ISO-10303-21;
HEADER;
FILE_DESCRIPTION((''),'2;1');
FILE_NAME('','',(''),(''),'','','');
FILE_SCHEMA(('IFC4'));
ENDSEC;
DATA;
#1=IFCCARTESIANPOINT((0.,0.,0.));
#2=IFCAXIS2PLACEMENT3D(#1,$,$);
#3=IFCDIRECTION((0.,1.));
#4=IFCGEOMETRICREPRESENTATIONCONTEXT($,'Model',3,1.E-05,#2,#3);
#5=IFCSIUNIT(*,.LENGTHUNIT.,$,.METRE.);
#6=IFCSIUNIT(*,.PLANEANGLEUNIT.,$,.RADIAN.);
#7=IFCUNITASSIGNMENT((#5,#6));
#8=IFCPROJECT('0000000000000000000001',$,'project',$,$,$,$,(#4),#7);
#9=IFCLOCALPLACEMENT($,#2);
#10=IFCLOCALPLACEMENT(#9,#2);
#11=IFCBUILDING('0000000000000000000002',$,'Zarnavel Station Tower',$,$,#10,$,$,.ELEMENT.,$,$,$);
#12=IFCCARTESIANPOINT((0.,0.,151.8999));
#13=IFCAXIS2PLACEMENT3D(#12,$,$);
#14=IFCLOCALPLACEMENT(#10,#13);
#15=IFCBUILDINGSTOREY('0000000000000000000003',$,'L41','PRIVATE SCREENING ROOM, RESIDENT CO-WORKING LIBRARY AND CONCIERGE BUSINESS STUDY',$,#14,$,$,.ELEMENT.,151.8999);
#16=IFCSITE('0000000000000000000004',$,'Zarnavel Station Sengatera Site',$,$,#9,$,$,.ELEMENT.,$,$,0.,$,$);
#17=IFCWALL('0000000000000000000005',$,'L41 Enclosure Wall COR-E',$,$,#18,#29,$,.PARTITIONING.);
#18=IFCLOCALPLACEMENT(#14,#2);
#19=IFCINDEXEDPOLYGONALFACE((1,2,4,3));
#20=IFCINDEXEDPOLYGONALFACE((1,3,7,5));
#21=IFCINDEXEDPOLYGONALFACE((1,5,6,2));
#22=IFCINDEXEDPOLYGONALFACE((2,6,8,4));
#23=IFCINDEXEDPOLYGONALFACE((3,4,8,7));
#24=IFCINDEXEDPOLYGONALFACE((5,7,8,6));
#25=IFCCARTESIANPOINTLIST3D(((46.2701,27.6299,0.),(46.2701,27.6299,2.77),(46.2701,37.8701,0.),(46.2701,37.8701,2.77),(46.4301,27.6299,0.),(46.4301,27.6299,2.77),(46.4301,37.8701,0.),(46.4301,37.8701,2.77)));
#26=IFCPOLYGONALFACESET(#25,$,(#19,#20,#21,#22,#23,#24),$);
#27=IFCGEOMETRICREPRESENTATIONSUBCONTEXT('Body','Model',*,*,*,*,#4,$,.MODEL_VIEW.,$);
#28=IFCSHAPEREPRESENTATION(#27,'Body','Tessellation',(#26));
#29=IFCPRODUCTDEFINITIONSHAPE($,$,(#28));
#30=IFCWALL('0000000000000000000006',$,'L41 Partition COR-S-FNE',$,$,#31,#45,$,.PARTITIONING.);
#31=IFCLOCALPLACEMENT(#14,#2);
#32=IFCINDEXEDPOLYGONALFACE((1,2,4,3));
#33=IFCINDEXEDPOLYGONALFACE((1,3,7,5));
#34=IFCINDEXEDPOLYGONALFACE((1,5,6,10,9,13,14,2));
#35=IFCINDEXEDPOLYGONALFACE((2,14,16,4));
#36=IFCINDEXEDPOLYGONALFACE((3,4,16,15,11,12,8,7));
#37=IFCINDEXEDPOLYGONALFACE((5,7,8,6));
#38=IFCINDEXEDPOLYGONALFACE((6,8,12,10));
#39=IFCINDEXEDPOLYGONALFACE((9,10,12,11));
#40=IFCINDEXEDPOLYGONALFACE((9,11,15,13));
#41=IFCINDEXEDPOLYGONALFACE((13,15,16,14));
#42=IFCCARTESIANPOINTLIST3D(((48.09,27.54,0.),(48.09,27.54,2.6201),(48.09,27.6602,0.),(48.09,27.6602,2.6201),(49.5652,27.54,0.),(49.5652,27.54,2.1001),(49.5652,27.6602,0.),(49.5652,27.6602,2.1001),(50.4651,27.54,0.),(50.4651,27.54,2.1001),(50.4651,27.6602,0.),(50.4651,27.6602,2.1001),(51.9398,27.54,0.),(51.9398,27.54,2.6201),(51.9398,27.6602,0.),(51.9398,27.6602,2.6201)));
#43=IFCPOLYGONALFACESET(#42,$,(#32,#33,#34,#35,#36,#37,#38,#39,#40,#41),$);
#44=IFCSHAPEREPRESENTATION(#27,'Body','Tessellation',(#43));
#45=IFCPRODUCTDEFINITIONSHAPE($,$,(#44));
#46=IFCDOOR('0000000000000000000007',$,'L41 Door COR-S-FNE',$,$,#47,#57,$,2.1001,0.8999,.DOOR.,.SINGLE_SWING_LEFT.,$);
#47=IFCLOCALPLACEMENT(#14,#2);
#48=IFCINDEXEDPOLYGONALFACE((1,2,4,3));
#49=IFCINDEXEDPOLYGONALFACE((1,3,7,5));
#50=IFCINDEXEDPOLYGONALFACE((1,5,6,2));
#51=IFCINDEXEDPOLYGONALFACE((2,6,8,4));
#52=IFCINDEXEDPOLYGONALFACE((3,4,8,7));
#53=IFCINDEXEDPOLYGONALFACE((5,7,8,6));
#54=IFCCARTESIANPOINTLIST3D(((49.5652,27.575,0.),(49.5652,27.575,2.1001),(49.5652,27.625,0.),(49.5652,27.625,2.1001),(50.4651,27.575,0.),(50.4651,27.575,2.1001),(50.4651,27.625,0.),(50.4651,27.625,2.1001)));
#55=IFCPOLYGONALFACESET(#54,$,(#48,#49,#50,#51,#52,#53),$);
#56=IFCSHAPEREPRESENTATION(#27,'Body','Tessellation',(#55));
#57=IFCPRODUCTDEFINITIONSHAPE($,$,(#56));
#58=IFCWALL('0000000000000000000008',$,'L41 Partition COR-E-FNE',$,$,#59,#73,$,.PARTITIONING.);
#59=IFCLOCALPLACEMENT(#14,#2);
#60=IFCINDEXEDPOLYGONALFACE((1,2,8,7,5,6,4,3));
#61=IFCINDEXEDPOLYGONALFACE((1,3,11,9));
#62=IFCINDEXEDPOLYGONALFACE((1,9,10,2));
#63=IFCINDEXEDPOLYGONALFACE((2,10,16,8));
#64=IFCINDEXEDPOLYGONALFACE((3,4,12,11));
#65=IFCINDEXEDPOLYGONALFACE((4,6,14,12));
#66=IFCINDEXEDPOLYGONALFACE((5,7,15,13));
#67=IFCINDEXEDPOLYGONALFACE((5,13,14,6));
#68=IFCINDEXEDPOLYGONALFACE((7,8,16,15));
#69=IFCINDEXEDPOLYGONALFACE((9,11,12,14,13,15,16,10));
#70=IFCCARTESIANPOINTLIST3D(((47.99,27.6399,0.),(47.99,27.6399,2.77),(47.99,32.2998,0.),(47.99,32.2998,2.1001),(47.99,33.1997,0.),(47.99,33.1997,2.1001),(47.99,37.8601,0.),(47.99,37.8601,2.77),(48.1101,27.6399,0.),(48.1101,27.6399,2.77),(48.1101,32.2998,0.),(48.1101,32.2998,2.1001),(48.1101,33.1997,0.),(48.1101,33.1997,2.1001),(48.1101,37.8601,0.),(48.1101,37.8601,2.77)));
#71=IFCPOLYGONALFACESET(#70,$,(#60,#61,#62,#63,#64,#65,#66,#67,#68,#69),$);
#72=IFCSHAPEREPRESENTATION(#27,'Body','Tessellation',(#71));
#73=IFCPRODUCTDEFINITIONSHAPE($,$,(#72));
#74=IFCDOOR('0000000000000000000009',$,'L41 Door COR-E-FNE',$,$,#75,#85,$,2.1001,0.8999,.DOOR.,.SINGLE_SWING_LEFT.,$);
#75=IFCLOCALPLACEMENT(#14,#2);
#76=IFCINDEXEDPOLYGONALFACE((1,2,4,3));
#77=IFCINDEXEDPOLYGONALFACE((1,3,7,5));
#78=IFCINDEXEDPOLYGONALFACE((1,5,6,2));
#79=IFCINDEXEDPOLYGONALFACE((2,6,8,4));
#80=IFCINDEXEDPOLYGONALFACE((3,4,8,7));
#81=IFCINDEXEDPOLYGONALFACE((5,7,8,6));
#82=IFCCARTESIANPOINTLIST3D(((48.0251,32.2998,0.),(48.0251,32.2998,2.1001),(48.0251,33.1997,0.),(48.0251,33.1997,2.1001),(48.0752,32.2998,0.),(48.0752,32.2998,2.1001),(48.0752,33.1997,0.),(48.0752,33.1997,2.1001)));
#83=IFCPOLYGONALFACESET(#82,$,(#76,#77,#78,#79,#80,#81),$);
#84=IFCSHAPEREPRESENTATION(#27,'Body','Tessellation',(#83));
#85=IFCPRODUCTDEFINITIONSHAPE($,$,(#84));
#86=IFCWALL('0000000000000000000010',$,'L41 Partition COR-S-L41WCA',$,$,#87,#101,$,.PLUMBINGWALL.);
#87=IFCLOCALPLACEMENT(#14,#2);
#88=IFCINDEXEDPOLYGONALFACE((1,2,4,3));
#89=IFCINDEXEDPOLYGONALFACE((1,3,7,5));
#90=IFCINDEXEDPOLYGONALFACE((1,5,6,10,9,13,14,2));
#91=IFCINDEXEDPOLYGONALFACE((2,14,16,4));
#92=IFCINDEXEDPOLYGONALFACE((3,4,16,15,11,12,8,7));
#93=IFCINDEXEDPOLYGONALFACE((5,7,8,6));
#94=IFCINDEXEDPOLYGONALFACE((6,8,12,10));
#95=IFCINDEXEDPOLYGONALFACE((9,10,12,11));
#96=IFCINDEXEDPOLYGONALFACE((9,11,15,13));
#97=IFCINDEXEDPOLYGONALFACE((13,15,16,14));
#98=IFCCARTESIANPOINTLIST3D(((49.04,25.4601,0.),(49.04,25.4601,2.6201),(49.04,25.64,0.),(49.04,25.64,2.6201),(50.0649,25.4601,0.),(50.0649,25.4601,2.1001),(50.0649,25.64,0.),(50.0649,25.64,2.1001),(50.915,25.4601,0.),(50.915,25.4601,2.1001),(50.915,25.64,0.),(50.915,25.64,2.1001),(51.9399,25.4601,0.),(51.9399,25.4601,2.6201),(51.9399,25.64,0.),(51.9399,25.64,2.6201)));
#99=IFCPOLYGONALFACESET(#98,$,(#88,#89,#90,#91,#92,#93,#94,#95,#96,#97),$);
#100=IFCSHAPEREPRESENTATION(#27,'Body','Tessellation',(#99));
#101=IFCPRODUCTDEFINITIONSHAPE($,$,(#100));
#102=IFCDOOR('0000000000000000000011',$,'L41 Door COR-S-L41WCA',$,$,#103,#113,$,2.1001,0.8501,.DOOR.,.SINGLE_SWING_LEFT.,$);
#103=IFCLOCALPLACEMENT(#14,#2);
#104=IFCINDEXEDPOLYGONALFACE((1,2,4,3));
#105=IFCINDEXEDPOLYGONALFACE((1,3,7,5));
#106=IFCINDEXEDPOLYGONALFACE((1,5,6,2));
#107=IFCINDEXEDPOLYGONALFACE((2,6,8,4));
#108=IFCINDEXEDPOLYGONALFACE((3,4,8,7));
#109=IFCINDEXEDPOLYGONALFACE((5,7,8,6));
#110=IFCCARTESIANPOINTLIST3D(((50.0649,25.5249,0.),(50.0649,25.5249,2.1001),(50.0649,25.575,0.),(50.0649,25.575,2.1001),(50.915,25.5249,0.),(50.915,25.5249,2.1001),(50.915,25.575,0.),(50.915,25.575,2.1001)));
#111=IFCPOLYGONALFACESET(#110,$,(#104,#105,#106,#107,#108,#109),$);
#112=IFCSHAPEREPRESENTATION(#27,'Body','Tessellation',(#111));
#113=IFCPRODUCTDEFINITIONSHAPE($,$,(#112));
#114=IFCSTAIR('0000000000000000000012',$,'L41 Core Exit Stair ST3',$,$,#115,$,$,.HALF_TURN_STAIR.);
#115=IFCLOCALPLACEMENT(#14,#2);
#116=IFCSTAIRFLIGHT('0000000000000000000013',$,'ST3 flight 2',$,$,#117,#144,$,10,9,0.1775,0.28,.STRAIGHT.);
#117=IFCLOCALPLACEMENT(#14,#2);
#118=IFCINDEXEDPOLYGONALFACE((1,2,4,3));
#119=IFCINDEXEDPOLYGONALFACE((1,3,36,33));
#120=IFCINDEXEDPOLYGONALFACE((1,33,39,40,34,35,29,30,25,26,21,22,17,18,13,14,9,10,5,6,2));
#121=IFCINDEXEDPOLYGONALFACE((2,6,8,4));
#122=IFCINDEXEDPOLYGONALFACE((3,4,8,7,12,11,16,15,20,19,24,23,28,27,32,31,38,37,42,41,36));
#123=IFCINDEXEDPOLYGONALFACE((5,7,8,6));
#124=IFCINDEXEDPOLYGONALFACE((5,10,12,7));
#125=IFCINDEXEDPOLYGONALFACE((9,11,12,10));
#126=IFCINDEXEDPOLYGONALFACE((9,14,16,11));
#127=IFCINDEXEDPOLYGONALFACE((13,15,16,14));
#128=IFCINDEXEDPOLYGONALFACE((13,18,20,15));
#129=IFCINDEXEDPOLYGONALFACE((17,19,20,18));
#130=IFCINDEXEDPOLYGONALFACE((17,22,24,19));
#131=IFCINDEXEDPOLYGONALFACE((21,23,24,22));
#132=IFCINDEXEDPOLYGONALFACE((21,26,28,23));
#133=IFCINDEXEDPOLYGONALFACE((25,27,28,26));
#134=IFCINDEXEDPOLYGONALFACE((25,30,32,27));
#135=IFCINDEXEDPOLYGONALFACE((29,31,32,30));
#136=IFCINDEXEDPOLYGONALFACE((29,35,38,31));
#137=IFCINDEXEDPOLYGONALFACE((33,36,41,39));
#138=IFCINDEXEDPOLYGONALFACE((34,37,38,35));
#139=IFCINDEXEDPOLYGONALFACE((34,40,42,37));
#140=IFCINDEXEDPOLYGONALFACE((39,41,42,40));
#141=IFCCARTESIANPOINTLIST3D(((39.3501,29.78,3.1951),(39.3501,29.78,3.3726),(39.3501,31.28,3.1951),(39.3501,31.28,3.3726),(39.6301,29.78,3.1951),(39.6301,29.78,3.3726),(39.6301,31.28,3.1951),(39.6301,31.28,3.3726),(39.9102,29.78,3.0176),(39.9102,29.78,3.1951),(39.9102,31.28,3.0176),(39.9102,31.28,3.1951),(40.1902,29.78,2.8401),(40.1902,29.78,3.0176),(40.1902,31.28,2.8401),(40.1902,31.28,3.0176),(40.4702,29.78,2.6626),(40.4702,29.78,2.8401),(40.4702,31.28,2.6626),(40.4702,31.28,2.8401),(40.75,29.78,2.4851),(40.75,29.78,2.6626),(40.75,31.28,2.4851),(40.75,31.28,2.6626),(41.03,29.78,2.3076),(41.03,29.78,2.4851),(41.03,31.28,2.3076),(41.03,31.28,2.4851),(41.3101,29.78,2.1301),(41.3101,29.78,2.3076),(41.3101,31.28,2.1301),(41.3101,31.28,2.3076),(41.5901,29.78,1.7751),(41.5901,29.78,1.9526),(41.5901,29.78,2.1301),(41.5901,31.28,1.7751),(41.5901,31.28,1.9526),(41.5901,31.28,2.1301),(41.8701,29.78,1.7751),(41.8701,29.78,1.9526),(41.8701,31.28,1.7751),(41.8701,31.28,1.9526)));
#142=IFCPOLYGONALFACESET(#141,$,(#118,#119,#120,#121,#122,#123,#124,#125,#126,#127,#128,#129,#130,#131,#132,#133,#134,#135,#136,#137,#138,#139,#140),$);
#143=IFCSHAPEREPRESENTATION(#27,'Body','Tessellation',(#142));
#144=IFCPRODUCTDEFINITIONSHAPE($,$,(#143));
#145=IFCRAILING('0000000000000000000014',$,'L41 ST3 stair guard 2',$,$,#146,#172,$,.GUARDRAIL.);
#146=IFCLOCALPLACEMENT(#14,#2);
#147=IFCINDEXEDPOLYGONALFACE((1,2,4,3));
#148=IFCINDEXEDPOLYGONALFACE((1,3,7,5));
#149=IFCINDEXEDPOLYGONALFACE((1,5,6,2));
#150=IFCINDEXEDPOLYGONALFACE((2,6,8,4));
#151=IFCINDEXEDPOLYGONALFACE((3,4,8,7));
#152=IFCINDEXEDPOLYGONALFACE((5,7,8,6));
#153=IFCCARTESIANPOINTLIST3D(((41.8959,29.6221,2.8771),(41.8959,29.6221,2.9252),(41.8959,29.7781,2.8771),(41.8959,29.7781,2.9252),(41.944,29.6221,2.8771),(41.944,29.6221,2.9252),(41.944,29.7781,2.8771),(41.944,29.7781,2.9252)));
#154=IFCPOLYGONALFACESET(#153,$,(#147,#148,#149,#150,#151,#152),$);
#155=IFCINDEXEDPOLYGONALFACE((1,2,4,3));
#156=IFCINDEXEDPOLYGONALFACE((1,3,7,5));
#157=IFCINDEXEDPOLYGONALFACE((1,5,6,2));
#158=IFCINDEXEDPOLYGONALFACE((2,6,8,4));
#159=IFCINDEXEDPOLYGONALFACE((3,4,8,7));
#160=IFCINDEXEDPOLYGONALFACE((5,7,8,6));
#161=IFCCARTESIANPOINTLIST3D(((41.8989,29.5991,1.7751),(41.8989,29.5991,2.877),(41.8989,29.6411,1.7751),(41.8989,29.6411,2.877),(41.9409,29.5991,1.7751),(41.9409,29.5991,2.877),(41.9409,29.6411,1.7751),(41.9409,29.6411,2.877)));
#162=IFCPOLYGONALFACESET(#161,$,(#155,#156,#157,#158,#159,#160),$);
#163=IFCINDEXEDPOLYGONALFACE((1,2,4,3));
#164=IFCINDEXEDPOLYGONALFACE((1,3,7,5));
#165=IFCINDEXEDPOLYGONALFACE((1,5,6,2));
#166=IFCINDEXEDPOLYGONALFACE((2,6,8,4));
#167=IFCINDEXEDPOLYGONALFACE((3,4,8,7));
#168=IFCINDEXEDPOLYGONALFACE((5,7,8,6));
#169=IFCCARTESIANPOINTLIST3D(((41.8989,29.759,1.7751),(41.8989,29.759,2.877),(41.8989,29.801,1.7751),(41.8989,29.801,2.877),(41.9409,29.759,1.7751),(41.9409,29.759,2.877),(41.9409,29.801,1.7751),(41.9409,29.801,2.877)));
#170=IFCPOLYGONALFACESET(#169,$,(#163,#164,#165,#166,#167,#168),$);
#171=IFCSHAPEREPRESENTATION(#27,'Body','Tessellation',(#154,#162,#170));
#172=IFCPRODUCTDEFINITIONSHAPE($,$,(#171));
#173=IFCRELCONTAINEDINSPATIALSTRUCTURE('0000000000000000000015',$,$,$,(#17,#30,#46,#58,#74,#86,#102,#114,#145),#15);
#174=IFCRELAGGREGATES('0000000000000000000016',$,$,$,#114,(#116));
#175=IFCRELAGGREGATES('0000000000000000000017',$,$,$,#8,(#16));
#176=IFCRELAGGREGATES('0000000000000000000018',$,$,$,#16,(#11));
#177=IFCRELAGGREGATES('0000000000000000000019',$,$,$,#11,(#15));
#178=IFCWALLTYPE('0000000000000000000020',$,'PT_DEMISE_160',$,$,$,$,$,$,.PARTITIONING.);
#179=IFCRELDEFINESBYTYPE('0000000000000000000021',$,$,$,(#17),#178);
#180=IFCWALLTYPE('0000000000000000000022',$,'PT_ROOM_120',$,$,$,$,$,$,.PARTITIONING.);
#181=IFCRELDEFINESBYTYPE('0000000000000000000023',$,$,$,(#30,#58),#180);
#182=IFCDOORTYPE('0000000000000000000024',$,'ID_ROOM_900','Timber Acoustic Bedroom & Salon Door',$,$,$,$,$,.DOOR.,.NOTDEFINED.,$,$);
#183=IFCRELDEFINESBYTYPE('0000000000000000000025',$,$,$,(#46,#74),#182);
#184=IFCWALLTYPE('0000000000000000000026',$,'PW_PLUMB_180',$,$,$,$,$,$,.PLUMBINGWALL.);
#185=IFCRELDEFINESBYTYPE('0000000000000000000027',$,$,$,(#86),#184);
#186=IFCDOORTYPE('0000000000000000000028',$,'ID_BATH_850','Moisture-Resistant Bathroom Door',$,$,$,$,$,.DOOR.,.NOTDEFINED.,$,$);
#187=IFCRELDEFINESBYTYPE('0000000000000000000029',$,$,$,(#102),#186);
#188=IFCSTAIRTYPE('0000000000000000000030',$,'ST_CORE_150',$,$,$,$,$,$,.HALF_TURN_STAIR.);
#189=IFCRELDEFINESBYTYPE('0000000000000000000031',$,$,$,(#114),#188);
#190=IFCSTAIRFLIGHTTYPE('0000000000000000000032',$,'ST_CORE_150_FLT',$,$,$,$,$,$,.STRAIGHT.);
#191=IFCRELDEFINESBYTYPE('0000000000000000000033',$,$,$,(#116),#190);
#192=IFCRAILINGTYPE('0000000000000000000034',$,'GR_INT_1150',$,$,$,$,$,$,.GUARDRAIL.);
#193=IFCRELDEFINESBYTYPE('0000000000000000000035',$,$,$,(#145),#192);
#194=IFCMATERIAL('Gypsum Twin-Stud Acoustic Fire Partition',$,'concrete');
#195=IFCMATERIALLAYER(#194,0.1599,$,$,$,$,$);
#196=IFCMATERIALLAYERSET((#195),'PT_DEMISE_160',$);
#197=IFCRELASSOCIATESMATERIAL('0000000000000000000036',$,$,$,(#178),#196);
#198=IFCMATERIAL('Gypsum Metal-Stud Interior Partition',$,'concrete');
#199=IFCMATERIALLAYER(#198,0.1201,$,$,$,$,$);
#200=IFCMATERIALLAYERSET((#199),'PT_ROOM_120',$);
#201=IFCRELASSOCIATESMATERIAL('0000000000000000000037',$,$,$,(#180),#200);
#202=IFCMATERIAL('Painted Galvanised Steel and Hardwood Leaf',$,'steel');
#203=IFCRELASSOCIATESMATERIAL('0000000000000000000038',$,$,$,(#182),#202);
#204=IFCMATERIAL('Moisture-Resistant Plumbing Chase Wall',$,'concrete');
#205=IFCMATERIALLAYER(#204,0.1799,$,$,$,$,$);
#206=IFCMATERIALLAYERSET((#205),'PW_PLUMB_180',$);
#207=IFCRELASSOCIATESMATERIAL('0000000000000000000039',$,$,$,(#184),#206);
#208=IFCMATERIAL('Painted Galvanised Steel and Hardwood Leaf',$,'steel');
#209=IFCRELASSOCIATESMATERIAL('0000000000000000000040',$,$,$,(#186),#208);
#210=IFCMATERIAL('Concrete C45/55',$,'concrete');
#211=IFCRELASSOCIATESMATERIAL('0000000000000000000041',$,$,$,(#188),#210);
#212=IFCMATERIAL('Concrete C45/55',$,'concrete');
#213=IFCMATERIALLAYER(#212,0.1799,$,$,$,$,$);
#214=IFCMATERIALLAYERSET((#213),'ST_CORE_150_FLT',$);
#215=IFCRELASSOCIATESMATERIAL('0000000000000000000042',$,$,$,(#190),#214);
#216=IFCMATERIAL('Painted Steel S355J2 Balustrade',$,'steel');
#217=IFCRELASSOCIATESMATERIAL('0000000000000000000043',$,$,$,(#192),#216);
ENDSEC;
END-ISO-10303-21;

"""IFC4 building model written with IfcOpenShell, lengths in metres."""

from ifc_helpers import new_model, si_unit, direction, frame, frame_2d, origin, origin_2d, place, context, subcontext, project, spatial, polyline, rectangle, outline, extrude, material, layer, layer_set, type_object, element, fill, aggregate, save


model = new_model("IFC4")

# Units and contexts
model_context = context("Model", 3, precision=1e-05, world=origin(), true_north=direction((0.0, 1.0)))
body_context = subcontext(model_context, "Body", "Model", "MODEL_VIEW")
ifc_project = project(units=[si_unit("LENGTHUNIT", "METRE"), si_unit("PLANEANGLEUNIT", "RADIAN")], contexts=[model_context])

# Site, building, storey
site_placement = place(None, origin())
site = spatial("IfcSite", under=ifc_project, at=site_placement, Name="Zarnavel Station Sengatera Site", CompositionType="ELEMENT", RefElevation=0.0)
building_placement = place(site_placement, origin())
building = spatial("IfcBuilding", under=site, at=building_placement, Name="Zarnavel Station Tower", CompositionType="ELEMENT")
storey_placement = place(building_placement, frame((0.0, 0.0, 151.8999)))
storey = spatial("IfcBuildingStorey", under=building, at=storey_placement, Name="L41", Description="PRIVATE SCREENING ROOM, RESIDENT CO-WORKING LIBRARY AND CONCIERGE BUSINESS STUDY", CompositionType="ELEMENT", Elevation=151.8999)

# Shared definitions
ifc_material_1 = material(Name="Gypsum Twin-Stud Acoustic Fire Partition", Category="concrete")
ifc_layer_1 = layer(ifc_material_1, 0.1599)
ifc_layer_set_1 = layer_set([ifc_layer_1], Name="PT_DEMISE_160")
wall_type_1 = type_object("IfcWallType", Name="PT_DEMISE_160", PredefinedType="PARTITIONING", material=ifc_layer_set_1)

# Wall
wall_1_placement = place(storey_placement, frame((46.3501, 27.6299, 0.0), z_axis=(0.0, 0.0, 1.0), x_axis=(0.0, 1.0, 0.0)))
element("IfcWall", 1, at=wall_1_placement, inside=storey, type_object=wall_type_1, Name="L41 Enclosure Wall COR-E", PredefinedType="PARTITIONING", context=body_context, shape_type="SweptSolid", body=[
    extrude(rectangle(XDim=10.2402, YDim=0.1599, at=frame_2d((5.1201, 0.0))), origin(), (0.0, 0.0, 1.0), 2.77),
])

# Walls, openings, doors
ifc_material_2 = material(Name="Gypsum Metal-Stud Interior Partition", Category="concrete")
ifc_layer_2 = layer(ifc_material_2, 0.1201)
ifc_layer_set_2 = layer_set([ifc_layer_2], Name="PT_ROOM_120")
wall_type_2 = type_object("IfcWallType", Name="PT_ROOM_120", PredefinedType="PARTITIONING", material=ifc_layer_set_2)
wall_2_placement = place(storey_placement, frame((48.0901, 27.6001, 0.0), z_axis=(0.0, 0.0, 1.0), x_axis=(1.0, 0.0, 0.0)))
wall_2 = element("IfcWall", 2, at=wall_2_placement, inside=storey, type_object=wall_type_2, Name="L41 Partition COR-S-FNE", PredefinedType="PARTITIONING", context=body_context, shape_type="SweptSolid", body=[
    extrude(rectangle(XDim=3.8499, YDim=0.1201, at=frame_2d((1.9248, 0.0))), origin(), (0.0, 0.0, 1.0), 2.6201),
])
opening_1_placement = place(wall_2_placement, frame((1.4751, 0.0, 0.0)))
opening_1 = element("IfcOpeningElement", 3, at=opening_1_placement, cuts=wall_2, PredefinedType="OPENING", context=body_context, shape_type="SweptSolid", body=[
    extrude(rectangle(XDim=0.8999, YDim=2.1001, at=frame_2d((0.45, 1.05))), frame((0.0, 0.0701, 0.0), z_axis=(0.0, -1.0, 0.0), x_axis=(1.0, 0.0, 0.0)), (0.0, 0.0, 1.0), 0.1401),
])
ifc_material_3 = material(Name="Painted Galvanised Steel and Hardwood Leaf", Category="steel")
door_type_1 = type_object("IfcDoorType", Name="ID_ROOM_900", Description="Timber Acoustic Bedroom & Salon Door", OperationType="NOTDEFINED", PredefinedType="DOOR", material=ifc_material_3)
door_1_placement = place(opening_1_placement, origin())
door_1 = element("IfcDoor", 4, at=door_1_placement, inside=storey, type_object=door_type_1, Name="L41 Door COR-S-FNE", OperationType="SINGLE_SWING_LEFT", OverallHeight=2.1001, OverallWidth=0.8999, PredefinedType="DOOR", context=body_context, shape_type="SweptSolid", body=[
    extrude(rectangle(XDim=0.8999, YDim=2.1001, at=frame_2d((0.45, 1.05))), frame((0.0, 0.0249, 0.0), z_axis=(0.0, -1.0, 0.0), x_axis=(1.0, 0.0, 0.0)), (0.0, 0.0, 1.0), 0.05),
])
fill(opening_1, door_1)
wall_3_placement = place(storey_placement, frame((48.05, 27.6399, 0.0), z_axis=(0.0, 0.0, 1.0), x_axis=(0.0, 1.0, 0.0)))
wall_3 = element("IfcWall", 5, at=wall_3_placement, inside=storey, type_object=wall_type_2, Name="L41 Partition COR-E-FNE", PredefinedType="PARTITIONING", context=body_context, shape_type="SweptSolid", body=[
    extrude(rectangle(XDim=10.2202, YDim=0.1201, at=frame_2d((5.1101, 0.0))), origin(), (0.0, 0.0, 1.0), 2.77),
])
opening_2_placement = place(wall_3_placement, frame((4.6599, 0.0, 0.0)))
opening_2 = element("IfcOpeningElement", 6, at=opening_2_placement, cuts=wall_3, PredefinedType="OPENING", context=body_context, shape_type="SweptSolid", body=[
    extrude(rectangle(XDim=0.8999, YDim=2.1001, at=frame_2d((0.45, 1.05))), frame((0.0, 0.0701, 0.0), z_axis=(0.0, -1.0, 0.0), x_axis=(1.0, 0.0, 0.0)), (0.0, 0.0, 1.0), 0.1401),
])
door_2_placement = place(opening_2_placement, origin())
door_2 = element("IfcDoor", 7, at=door_2_placement, inside=storey, type_object=door_type_1, Name="L41 Door COR-E-FNE", OperationType="SINGLE_SWING_LEFT", OverallHeight=2.1001, OverallWidth=0.8999, PredefinedType="DOOR", context=body_context, shape_type="SweptSolid", body=[
    extrude(rectangle(XDim=0.8999, YDim=2.1001, at=frame_2d((0.45, 1.05))), frame((0.0, 0.0249, 0.0), z_axis=(0.0, -1.0, 0.0), x_axis=(1.0, 0.0, 0.0)), (0.0, 0.0, 1.0), 0.05),
])
fill(opening_2, door_2)
ifc_material_4 = material(Name="Moisture-Resistant Plumbing Chase Wall", Category="concrete")
ifc_layer_3 = layer(ifc_material_4, 0.1799)
ifc_layer_set_3 = layer_set([ifc_layer_3], Name="PW_PLUMB_180")
wall_type_3 = type_object("IfcWallType", Name="PW_PLUMB_180", PredefinedType="PLUMBINGWALL", material=ifc_layer_set_3)
wall_4_placement = place(storey_placement, frame((49.04, 25.55, 0.0), z_axis=(0.0, 0.0, 1.0), x_axis=(1.0, 0.0, 0.0)))
wall_4 = element("IfcWall", 8, at=wall_4_placement, inside=storey, type_object=wall_type_3, Name="L41 Partition COR-S-L41WCA", PredefinedType="PLUMBINGWALL", context=body_context, shape_type="SweptSolid", body=[
    extrude(rectangle(XDim=2.8999, YDim=0.1799, at=frame_2d((1.45, 0.0))), origin(), (0.0, 0.0, 1.0), 2.6201),
])
opening_3_placement = place(wall_4_placement, frame((1.0249, 0.0, 0.0)))
opening_3 = element("IfcOpeningElement", 9, at=opening_3_placement, cuts=wall_4, PredefinedType="OPENING", context=body_context, shape_type="SweptSolid", body=[
    extrude(rectangle(XDim=0.8501, YDim=2.1001, at=frame_2d((0.425, 1.05))), frame((0.0, 0.0999, 0.0), z_axis=(0.0, -1.0, 0.0), x_axis=(1.0, 0.0, 0.0)), (0.0, 0.0, 1.0), 0.2),
])
ifc_material_5 = material(Name="Painted Galvanised Steel and Hardwood Leaf", Category="steel")
door_type_2 = type_object("IfcDoorType", Name="ID_BATH_850", Description="Moisture-Resistant Bathroom Door", OperationType="NOTDEFINED", PredefinedType="DOOR", material=ifc_material_5)
door_3_placement = place(opening_3_placement, origin())
door_3 = element("IfcDoor", 10, at=door_3_placement, inside=storey, type_object=door_type_2, Name="L41 Door COR-S-L41WCA", OperationType="SINGLE_SWING_LEFT", OverallHeight=2.1001, OverallWidth=0.8501, PredefinedType="DOOR", context=body_context, shape_type="SweptSolid", body=[
    extrude(rectangle(XDim=0.8501, YDim=2.1001, at=frame_2d((0.425, 1.05))), frame((0.0, 0.0249, 0.0), z_axis=(0.0, -1.0, 0.0), x_axis=(1.0, 0.0, 0.0)), (0.0, 0.0, 1.0), 0.05),
])
fill(opening_3, door_3)

# Stair, stair flight
ifc_material_6 = material(Name="Concrete C45/55", Category="concrete")
stair_type = type_object("IfcStairType", Name="ST_CORE_150", PredefinedType="HALF_TURN_STAIR", material=ifc_material_6)
stair_placement = place(storey_placement, origin())
stair = element("IfcStair", 11, at=stair_placement, inside=storey, type_object=stair_type, Name="L41 Core Exit Stair ST3", PredefinedType="HALF_TURN_STAIR")
ifc_material_7 = material(Name="Concrete C45/55", Category="concrete")
ifc_layer_4 = layer(ifc_material_7, 0.1799)
ifc_layer_set_4 = layer_set([ifc_layer_4], Name="ST_CORE_150_FLT")
stair_flight_type = type_object("IfcStairFlightType", Name="ST_CORE_150_FLT", PredefinedType="STRAIGHT", material=ifc_layer_set_4)
stair_flight_placement = place(storey_placement, frame((41.8701, 30.53, 1.7751), z_axis=(0.0, 0.0, 1.0), x_axis=(-1.0, 0.0, 0.0)))
stair_flight = element("IfcStairFlight", 12, at=stair_flight_placement, type_object=stair_flight_type, Name="ST3 flight 2", NumberOfRisers=10, NumberOfTreads=9, PredefinedType="STRAIGHT", RiserHeight=0.1775, TreadLength=0.28, context=body_context, shape_type="SweptSolid", body=[
    extrude(outline(polyline([(0.0, 0.0), (0.0, 0.1775), (0.28, 0.1775), (0.28, 0.355), (0.5601, 0.355), (0.5601, 0.5325), (0.8401, 0.5325), (0.8401, 0.71), (1.1201, 0.71), (1.1201, 0.8875), (1.3999, 0.8875), (1.3999, 1.0649), (1.6799, 1.0649), (1.6799, 1.2424), (1.96, 1.2424), (1.96, 1.4199), (2.24, 1.4199), (2.24, 1.5974), (2.52, 1.5974), (2.52, 1.7749), (2.52, 1.4199), (0.28, 0.0), (0.0, 0.0)])), frame((0.0, 0.75, 0.0), z_axis=(0.0, -1.0, 0.0), x_axis=(1.0, 0.0, 0.0)), (0.0, 0.0, 1.0), 1.5),
])
aggregate(stair, [stair_flight])

# Railing
ifc_material_8 = material(Name="Painted Steel S355J2 Balustrade", Category="steel")
railing_type_1 = type_object("IfcRailingType", Name="GR_INT_1150", PredefinedType="GUARDRAIL", material=ifc_material_8)
railing_1_placement = place(storey_placement, frame((41.9199, 29.6201, 1.7751)))
element("IfcRailing", 13, at=railing_1_placement, inside=storey, type_object=railing_type_1, Name="L41 ST3 stair guard 2", PredefinedType="GUARDRAIL", context=body_context, shape_type="SweptSolid", body=[
    extrude(rectangle(XDim=0.0481, YDim=0.0481, at=origin_2d()), frame((0.0, 0.002, 1.126), z_axis=(0.0, 1.0, 0.0), x_axis=(-1.0, 0.0, 0.0)), (0.0, 0.0, 1.0), 0.156),
    extrude(rectangle(XDim=0.042, YDim=0.042, at=origin_2d()), origin(), (0.0, 0.0, 1.0), 1.1018),
    extrude(rectangle(XDim=0.042, YDim=0.042, at=origin_2d()), frame((0.0, 0.1599, 0.0)), (0.0, 0.0, 1.0), 1.1018),
])

save(model, "model.ifc")
